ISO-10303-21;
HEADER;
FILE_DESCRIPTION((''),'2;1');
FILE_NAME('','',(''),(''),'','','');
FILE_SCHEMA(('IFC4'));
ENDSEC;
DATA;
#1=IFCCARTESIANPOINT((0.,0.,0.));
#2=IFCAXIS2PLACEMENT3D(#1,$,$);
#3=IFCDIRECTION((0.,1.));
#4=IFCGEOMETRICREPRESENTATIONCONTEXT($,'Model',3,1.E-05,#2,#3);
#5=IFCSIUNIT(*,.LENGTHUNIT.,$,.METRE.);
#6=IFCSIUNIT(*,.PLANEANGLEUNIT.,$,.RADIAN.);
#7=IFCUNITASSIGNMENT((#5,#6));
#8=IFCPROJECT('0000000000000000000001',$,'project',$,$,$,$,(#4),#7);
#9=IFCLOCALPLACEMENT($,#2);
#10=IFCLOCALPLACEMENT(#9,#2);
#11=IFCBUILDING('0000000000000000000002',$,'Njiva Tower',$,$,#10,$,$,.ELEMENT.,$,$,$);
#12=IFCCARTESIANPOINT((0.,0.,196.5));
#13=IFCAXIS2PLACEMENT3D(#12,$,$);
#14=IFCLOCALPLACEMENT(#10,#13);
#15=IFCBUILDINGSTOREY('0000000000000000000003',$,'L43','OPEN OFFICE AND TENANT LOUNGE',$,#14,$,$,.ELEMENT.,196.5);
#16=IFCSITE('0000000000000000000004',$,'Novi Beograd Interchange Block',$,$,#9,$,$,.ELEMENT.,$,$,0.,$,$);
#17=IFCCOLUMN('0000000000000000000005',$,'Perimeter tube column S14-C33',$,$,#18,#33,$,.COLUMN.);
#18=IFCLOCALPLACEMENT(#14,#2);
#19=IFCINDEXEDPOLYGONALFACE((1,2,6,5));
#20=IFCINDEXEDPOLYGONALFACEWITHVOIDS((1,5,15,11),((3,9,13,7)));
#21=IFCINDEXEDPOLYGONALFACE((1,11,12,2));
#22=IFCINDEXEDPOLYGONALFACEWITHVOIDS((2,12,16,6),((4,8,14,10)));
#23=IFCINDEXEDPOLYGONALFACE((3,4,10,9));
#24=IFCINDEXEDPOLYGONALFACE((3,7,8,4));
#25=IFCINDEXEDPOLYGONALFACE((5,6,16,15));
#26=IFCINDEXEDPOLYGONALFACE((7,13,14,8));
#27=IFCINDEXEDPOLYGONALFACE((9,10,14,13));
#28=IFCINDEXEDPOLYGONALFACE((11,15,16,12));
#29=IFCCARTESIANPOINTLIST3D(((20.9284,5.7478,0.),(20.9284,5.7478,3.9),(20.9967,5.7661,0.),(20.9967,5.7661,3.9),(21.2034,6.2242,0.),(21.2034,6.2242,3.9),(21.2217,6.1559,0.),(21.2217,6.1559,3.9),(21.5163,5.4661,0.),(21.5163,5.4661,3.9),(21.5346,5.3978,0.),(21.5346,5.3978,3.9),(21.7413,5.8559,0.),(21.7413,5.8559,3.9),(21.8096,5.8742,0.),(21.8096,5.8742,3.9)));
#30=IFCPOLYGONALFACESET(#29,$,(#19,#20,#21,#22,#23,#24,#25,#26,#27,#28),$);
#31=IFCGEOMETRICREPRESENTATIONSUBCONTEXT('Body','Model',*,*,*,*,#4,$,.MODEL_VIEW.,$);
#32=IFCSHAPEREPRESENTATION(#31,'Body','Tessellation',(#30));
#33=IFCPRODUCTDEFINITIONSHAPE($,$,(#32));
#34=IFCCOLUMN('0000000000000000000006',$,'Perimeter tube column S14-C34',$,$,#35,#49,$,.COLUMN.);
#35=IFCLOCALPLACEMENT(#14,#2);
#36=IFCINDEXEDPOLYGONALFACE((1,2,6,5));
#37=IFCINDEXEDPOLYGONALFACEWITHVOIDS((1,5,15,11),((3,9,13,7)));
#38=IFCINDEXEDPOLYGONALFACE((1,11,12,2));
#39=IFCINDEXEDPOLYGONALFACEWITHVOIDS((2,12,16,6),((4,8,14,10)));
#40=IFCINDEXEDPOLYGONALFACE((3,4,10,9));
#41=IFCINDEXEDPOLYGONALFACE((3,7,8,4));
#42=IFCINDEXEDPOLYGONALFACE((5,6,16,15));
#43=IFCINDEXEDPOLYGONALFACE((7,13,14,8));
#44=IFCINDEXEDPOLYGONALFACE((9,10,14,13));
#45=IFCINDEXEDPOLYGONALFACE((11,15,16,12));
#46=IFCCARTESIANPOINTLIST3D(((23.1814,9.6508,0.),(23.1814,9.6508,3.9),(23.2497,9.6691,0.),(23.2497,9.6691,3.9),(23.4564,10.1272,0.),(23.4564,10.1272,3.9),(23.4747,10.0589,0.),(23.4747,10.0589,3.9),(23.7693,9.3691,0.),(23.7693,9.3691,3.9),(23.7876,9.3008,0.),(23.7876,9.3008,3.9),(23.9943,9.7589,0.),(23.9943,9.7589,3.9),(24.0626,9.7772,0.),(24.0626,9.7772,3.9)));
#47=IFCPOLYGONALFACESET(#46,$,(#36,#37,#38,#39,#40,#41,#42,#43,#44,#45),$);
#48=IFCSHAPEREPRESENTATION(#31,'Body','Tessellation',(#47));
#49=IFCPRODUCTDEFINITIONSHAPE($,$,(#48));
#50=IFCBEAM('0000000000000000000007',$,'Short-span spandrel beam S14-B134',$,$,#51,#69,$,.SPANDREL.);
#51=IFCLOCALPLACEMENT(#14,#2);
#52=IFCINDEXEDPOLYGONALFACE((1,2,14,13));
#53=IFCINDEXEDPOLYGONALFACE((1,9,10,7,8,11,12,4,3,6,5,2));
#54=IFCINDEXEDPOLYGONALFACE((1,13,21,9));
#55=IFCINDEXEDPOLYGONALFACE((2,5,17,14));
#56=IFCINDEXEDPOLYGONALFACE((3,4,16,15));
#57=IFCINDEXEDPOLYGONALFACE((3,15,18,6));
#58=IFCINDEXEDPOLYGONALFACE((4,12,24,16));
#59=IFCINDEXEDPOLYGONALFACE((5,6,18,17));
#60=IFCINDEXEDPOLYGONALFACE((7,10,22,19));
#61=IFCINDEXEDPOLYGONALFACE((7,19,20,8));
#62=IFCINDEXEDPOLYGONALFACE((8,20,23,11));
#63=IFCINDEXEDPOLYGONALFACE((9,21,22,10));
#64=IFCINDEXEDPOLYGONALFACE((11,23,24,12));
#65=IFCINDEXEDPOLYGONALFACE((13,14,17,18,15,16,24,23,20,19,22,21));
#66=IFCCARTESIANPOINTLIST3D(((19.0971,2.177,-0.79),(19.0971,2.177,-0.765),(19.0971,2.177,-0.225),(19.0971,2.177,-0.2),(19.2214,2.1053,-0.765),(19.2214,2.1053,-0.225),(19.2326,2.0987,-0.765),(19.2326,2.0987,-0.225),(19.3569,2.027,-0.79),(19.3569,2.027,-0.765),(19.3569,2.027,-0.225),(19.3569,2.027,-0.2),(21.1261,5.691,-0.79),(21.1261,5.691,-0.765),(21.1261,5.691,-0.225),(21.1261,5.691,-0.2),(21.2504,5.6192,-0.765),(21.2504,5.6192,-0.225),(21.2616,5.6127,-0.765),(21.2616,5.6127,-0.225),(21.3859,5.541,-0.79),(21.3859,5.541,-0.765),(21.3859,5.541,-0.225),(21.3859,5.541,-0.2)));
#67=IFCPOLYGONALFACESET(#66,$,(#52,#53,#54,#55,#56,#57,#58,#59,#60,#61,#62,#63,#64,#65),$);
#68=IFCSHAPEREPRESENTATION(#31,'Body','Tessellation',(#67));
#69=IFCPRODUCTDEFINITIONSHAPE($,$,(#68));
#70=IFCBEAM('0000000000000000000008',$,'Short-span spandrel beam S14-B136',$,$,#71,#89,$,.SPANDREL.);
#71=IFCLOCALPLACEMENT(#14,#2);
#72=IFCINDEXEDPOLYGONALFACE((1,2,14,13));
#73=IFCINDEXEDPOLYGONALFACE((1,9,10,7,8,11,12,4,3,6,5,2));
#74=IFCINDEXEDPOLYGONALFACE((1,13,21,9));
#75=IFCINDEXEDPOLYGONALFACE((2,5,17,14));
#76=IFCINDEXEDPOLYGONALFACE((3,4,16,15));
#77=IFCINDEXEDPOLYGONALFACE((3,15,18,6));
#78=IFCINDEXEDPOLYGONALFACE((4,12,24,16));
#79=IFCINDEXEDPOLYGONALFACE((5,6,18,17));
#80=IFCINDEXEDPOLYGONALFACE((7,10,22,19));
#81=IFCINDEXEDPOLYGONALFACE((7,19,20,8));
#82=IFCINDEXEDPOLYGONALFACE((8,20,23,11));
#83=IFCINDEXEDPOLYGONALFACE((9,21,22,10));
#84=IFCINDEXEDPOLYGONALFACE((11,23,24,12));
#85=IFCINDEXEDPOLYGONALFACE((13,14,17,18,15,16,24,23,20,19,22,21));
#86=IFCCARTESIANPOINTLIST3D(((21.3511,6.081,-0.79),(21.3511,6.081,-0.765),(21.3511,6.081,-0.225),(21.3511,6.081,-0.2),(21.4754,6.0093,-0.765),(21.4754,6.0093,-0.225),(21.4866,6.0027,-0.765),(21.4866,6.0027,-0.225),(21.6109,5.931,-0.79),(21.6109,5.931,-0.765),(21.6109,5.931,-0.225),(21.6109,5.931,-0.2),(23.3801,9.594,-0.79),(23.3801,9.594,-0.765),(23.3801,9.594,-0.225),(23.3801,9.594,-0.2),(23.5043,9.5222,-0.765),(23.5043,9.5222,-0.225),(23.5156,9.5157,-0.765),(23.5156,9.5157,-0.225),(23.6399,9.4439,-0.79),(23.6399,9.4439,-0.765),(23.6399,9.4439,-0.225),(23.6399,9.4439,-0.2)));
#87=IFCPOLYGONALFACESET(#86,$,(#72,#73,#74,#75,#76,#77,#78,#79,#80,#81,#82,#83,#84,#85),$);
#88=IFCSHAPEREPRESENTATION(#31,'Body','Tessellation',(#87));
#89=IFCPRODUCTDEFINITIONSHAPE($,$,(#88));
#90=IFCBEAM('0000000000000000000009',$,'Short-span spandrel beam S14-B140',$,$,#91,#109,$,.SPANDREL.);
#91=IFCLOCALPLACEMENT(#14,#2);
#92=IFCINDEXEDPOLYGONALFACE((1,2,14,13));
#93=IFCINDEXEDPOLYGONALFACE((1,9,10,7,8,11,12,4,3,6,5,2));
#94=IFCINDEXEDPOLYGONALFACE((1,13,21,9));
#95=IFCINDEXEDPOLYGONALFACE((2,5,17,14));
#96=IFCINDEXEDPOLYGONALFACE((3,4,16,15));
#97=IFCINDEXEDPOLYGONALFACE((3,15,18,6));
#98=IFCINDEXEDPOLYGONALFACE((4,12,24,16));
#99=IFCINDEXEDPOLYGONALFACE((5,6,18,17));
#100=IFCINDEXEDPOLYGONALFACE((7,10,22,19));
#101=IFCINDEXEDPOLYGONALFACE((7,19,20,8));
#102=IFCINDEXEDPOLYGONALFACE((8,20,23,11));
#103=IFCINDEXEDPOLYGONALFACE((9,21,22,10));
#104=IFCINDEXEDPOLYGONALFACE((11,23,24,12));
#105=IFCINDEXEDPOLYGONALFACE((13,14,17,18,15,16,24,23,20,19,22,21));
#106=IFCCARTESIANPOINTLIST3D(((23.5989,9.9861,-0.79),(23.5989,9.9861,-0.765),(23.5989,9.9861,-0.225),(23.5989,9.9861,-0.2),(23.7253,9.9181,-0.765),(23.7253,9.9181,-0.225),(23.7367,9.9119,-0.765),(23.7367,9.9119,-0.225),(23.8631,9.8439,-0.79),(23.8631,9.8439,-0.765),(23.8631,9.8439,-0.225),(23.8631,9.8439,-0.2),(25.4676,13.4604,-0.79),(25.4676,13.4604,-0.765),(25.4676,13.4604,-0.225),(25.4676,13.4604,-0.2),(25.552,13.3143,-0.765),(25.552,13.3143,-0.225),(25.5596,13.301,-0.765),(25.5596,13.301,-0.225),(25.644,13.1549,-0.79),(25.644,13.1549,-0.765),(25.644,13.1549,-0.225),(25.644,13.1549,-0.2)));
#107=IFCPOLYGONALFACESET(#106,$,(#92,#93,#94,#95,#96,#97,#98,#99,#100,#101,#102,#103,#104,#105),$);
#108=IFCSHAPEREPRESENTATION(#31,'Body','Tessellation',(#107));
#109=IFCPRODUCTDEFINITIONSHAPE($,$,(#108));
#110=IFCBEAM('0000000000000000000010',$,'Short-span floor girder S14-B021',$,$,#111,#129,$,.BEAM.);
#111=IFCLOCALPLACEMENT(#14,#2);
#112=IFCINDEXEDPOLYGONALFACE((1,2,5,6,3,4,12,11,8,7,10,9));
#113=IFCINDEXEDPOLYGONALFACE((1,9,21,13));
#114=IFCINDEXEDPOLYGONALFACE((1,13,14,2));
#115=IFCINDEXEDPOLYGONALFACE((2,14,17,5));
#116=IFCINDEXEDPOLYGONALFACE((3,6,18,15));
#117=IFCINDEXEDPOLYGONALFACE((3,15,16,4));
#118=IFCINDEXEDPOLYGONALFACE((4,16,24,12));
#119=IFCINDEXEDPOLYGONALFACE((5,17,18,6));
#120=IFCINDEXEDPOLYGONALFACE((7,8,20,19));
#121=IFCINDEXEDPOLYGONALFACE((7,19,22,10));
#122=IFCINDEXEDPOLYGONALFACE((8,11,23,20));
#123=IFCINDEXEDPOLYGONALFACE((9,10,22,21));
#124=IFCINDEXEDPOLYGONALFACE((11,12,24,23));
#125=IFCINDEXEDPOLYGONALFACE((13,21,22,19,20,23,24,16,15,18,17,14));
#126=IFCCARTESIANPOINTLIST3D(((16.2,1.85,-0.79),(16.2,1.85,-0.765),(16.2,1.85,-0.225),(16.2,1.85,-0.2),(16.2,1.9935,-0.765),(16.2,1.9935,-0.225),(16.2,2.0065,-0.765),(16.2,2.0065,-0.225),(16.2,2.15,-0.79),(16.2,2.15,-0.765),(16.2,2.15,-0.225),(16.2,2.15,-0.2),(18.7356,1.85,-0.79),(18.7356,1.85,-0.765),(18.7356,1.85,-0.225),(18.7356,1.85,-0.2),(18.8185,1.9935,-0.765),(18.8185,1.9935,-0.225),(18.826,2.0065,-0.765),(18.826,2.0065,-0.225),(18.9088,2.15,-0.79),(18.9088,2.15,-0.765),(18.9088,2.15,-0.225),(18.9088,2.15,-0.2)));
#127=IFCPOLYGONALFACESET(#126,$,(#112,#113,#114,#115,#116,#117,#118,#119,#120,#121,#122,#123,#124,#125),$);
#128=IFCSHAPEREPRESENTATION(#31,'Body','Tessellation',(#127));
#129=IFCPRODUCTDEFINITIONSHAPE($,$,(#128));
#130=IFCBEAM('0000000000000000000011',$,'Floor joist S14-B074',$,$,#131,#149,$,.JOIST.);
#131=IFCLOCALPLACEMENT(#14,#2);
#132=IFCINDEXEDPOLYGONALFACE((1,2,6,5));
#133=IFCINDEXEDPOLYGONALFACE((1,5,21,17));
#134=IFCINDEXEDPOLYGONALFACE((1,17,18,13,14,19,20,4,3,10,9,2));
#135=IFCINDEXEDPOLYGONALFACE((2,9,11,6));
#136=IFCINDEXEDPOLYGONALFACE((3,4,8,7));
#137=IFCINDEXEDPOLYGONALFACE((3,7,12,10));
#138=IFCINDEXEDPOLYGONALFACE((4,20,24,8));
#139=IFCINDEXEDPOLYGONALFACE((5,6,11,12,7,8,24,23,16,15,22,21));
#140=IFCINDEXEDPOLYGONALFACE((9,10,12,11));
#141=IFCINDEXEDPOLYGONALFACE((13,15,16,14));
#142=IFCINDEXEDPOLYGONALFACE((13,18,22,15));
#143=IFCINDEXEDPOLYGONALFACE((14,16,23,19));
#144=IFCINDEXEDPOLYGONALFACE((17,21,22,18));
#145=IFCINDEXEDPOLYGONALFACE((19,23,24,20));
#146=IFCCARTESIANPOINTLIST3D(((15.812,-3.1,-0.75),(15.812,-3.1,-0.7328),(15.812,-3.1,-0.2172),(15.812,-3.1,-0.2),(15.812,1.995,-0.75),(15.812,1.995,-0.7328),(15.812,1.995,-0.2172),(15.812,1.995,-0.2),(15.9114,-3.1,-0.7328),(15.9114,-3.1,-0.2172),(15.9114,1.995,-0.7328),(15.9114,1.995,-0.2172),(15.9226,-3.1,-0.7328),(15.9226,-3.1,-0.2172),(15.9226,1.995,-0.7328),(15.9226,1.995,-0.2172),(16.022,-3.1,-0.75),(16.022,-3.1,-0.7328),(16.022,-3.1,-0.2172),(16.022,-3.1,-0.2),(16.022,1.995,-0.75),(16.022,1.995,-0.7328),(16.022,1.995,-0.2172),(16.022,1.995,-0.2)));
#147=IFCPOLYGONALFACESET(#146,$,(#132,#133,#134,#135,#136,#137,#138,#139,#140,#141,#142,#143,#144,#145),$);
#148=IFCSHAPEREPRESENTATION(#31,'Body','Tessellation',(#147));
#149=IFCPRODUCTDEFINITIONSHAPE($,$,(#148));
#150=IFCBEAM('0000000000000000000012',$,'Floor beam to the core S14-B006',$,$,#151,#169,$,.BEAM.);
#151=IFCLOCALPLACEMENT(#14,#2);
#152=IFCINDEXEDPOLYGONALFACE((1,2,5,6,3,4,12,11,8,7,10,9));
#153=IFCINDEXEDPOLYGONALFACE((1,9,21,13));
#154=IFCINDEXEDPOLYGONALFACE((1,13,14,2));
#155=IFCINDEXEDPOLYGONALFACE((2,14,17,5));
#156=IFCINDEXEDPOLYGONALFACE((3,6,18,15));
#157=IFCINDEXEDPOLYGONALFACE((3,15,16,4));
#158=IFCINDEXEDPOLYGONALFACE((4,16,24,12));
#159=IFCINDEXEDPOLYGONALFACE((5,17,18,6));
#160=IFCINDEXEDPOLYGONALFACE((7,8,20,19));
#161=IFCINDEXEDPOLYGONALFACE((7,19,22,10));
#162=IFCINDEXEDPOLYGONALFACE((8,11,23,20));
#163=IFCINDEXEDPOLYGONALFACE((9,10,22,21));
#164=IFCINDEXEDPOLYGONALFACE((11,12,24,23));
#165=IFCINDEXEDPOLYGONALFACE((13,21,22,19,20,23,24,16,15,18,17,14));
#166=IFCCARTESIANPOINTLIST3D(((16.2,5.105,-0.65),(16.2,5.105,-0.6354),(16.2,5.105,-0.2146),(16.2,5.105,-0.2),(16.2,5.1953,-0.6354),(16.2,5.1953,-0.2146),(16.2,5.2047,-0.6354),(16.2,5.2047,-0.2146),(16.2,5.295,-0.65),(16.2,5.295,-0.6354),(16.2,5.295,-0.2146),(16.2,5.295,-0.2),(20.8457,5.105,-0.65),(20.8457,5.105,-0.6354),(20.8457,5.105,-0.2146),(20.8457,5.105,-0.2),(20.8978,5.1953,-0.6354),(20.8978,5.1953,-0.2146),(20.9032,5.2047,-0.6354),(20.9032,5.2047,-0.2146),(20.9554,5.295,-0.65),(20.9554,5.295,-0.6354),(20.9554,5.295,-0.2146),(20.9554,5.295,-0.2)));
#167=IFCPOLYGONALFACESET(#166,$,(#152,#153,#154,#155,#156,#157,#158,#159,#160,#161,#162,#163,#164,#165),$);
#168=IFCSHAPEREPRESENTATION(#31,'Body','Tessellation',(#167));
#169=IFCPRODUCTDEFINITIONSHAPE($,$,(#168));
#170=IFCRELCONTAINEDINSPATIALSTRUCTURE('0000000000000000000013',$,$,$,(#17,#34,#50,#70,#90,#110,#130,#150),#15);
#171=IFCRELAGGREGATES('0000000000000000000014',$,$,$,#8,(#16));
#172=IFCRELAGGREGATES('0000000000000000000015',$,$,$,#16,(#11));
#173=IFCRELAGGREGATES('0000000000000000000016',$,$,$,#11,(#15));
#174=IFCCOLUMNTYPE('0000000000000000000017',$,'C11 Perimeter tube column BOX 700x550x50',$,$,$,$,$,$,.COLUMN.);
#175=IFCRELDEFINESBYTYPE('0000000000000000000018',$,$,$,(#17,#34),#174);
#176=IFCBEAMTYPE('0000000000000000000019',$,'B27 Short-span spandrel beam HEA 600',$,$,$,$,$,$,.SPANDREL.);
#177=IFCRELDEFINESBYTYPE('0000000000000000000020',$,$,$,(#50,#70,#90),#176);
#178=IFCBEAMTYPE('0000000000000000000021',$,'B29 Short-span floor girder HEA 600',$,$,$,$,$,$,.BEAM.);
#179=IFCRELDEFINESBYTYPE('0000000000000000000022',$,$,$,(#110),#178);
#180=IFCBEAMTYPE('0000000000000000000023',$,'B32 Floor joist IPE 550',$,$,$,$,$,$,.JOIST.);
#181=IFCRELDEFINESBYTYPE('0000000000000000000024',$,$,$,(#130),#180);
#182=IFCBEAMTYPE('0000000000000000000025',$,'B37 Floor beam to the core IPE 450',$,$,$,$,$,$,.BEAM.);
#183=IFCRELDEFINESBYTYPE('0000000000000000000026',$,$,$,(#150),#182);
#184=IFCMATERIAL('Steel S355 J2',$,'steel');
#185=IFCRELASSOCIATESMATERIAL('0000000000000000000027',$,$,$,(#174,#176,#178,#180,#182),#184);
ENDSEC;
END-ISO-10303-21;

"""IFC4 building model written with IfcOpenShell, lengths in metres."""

from ifc_helpers import new_model, si_unit, direction, frame, origin, origin_2d, place, context, subcontext, project, spatial, hollow_rectangle, i_section, extrude, clip, halfspace, material, material_profile, profile_set, type_object, element, save


model = new_model("IFC4")

# Units and contexts
model_context = context("Model", 3, precision=1e-05, world=origin(), true_north=direction((0.0, 1.0)))
body_context = subcontext(model_context, "Body", "Model", "MODEL_VIEW")
ifc_project = project(units=[si_unit("LENGTHUNIT", "METRE"), si_unit("PLANEANGLEUNIT", "RADIAN")], contexts=[model_context])

# Site, building, storey
site_placement = place(None, origin())
site = spatial("IfcSite", under=ifc_project, at=site_placement, Name="Novi Beograd Interchange Block", CompositionType="ELEMENT", RefElevation=0.0)
building_placement = place(site_placement, origin())
building = spatial("IfcBuilding", under=site, at=building_placement, Name="Njiva Tower", CompositionType="ELEMENT")
storey_placement = place(building_placement, frame((0.0, 0.0, 196.5)))
storey = spatial("IfcBuildingStorey", under=building, at=storey_placement, Name="L43", Description="OPEN OFFICE AND TENANT LOUNGE", CompositionType="ELEMENT", Elevation=196.5)

# Columns
ifc_material_1 = material(Name="Steel S355 J2", Category="steel")
ifc_material_profile_1 = material_profile(ifc_material_1, hollow_rectangle(XDim=0.55, YDim=0.7, WallThickness=0.05, at=origin_2d()), Name="BOX 700x550x50")
ifc_profile_set_1 = profile_set([ifc_material_profile_1], Name="Steel S355 J2")
column_type = type_object("IfcColumnType", Name="C11 Perimeter tube column BOX 700x550x50", PredefinedType="COLUMN", material=ifc_profile_set_1)
for number, where, z_axis, x_axis, name in (
    (1, (21.369, 5.811, 0.0), (0.0, 0.0, 1.0), (0.5, 0.866025, 0.0), "Perimeter tube column S14-C33"),
    (2, (23.622, 9.714, 0.0), (0.0, 0.0, 1.0), (0.5, 0.866025, 0.0), "Perimeter tube column S14-C34"),
):
    element("IfcColumn", number, at=place(storey_placement, frame(where, z_axis=z_axis, x_axis=x_axis)), inside=storey, type_object=column_type, Name=name, PredefinedType="COLUMN", context=body_context, shape_type="SweptSolid", body=[
        extrude(hollow_rectangle(XDim=0.55, YDim=0.7, WallThickness=0.05, at=origin_2d()), origin(), (0.0, 0.0, 1.0), 3.9),
    ])

# Beams
ifc_material_profile_2 = material_profile(ifc_material_1, i_section(OverallWidth=0.3, OverallDepth=0.59, WebThickness=0.013, FlangeThickness=0.025, at=origin_2d()), Name="HEA 600")
ifc_profile_set_2 = profile_set([ifc_material_profile_2], Name="Steel S355 J2")
beam_type_1 = type_object("IfcBeamType", Name="B27 Short-span spandrel beam HEA 600", PredefinedType="SPANDREL", material=ifc_profile_set_2)
beam_1_placement = place(storey_placement, frame((19.227, 2.102, -0.495), z_axis=(0.500035, 0.866005, 0.0), x_axis=(-0.866005, 0.500035, 0.0)))
element("IfcBeam", 3, at=beam_1_placement, inside=storey, type_object=beam_type_1, Name="Short-span spandrel beam S14-B134", PredefinedType="SPANDREL", context=body_context, shape_type="SweptSolid", body=[
    extrude(i_section(OverallWidth=0.3, OverallDepth=0.59, WebThickness=0.013, FlangeThickness=0.025, at=origin_2d()), origin(), (0.0, 0.0, 1.0), 4.0577),
])
beam_2_placement = place(storey_placement, frame((21.481, 6.006, -0.495), z_axis=(0.500142, 0.865943, 0.0), x_axis=(-0.865943, 0.500142, 0.0)))
element("IfcBeam", 4, at=beam_2_placement, inside=storey, type_object=beam_type_1, Name="Short-span spandrel beam S14-B136", PredefinedType="SPANDREL", context=body_context, shape_type="SweptSolid", body=[
    extrude(i_section(OverallWidth=0.3, OverallDepth=0.59, WebThickness=0.013, FlangeThickness=0.025, at=origin_2d()), origin(), (0.0, 0.0, 1.0), 4.0568),
])
beam_3_placement = place(storey_placement, frame((23.731, 9.915, -0.495), z_axis=(0.473697, 0.880688, 0.0), x_axis=(-0.880688, 0.473697, 0.0)))
element("IfcBeam", 5, at=beam_3_placement, inside=storey, type_object=beam_type_1, Name="Short-span spandrel beam S14-B140", PredefinedType="SPANDREL", context=body_context, shape_type="Clipping", body=[
    clip(extrude(i_section(OverallWidth=0.3, OverallDepth=0.59, WebThickness=0.013, FlangeThickness=0.025, at=origin_2d()), origin(), (0.0, 0.0, 1.0), 3.9657), halfspace(frame((-0.026, 0.0, 3.8362), z_axis=(-0.525851, 0.0, 0.850577), x_axis=(0.0, 1.0, 0.0)), False)),
])
ifc_material_profile_3 = material_profile(ifc_material_1, i_section(OverallWidth=0.3, OverallDepth=0.59, WebThickness=0.013, FlangeThickness=0.025, at=origin_2d()), Name="HEA 600")
ifc_profile_set_3 = profile_set([ifc_material_profile_3], Name="Steel S355 J2")
beam_type_2 = type_object("IfcBeamType", Name="B29 Short-span floor girder HEA 600", PredefinedType="BEAM", material=ifc_profile_set_3)
beam_4_placement = place(storey_placement, frame((16.2, 2.0, -0.495), z_axis=(1.0, 0.0, 0.0), x_axis=(0.0, 1.0, 0.0)))
element("IfcBeam", 6, at=beam_4_placement, inside=storey, type_object=beam_type_2, Name="Short-span floor girder S14-B021", PredefinedType="BEAM", context=body_context, shape_type="Clipping", body=[
    clip(extrude(i_section(OverallWidth=0.3, OverallDepth=0.59, WebThickness=0.013, FlangeThickness=0.025, at=origin_2d()), origin(), (0.0, 0.0, 1.0), 2.729), halfspace(frame((-0.025, 0.0, 2.6078), z_axis=(-0.499998, 0.0, 0.866027), x_axis=(0.0, 1.0, 0.0)), False)),
])
ifc_material_profile_4 = material_profile(ifc_material_1, i_section(OverallWidth=0.21, OverallDepth=0.55, WebThickness=0.0111, FlangeThickness=0.0172, at=origin_2d()), Name="IPE 550")
ifc_profile_set_4 = profile_set([ifc_material_profile_4], Name="Steel S355 J2")
beam_type_3 = type_object("IfcBeamType", Name="B32 Floor joist IPE 550", PredefinedType="JOIST", material=ifc_profile_set_4)
beam_5_placement = place(storey_placement, frame((15.917, 1.995, -0.475), z_axis=(0.0, -1.0, 0.0), x_axis=(1.0, 0.0, 0.0)))
element("IfcBeam", 7, at=beam_5_placement, inside=storey, type_object=beam_type_3, Name="Floor joist S14-B074", PredefinedType="JOIST", context=body_context, shape_type="SweptSolid", body=[
    extrude(i_section(OverallWidth=0.21, OverallDepth=0.55, WebThickness=0.0111, FlangeThickness=0.0172, at=origin_2d()), origin(), (0.0, 0.0, 1.0), 5.095),
])
ifc_material_profile_5 = material_profile(ifc_material_1, i_section(OverallWidth=0.19, OverallDepth=0.45, WebThickness=0.0094, FlangeThickness=0.0146, at=origin_2d()), Name="IPE 450")
ifc_profile_set_5 = profile_set([ifc_material_profile_5], Name="Steel S355 J2")
beam_type_4 = type_object("IfcBeamType", Name="B37 Floor beam to the core IPE 450", PredefinedType="BEAM", material=ifc_profile_set_5)
beam_6_placement = place(storey_placement, frame((16.2, 5.2, -0.425), z_axis=(1.0, 0.0, 0.0), x_axis=(0.0, 1.0, 0.0)))
element("IfcBeam", 8, at=beam_6_placement, inside=storey, type_object=beam_type_4, Name="Floor beam to the core S14-B006", PredefinedType="BEAM", context=body_context, shape_type="Clipping", body=[
    clip(extrude(i_section(OverallWidth=0.19, OverallDepth=0.45, WebThickness=0.0094, FlangeThickness=0.0146, at=origin_2d()), origin(), (0.0, 0.0, 1.0), 4.776), halfspace(frame((-0.025, 0.0, 4.6861), z_axis=(-0.499998, 0.0, 0.866027), x_axis=(0.0, 1.0, 0.0)), False)),
])

save(model, "model.ifc")
